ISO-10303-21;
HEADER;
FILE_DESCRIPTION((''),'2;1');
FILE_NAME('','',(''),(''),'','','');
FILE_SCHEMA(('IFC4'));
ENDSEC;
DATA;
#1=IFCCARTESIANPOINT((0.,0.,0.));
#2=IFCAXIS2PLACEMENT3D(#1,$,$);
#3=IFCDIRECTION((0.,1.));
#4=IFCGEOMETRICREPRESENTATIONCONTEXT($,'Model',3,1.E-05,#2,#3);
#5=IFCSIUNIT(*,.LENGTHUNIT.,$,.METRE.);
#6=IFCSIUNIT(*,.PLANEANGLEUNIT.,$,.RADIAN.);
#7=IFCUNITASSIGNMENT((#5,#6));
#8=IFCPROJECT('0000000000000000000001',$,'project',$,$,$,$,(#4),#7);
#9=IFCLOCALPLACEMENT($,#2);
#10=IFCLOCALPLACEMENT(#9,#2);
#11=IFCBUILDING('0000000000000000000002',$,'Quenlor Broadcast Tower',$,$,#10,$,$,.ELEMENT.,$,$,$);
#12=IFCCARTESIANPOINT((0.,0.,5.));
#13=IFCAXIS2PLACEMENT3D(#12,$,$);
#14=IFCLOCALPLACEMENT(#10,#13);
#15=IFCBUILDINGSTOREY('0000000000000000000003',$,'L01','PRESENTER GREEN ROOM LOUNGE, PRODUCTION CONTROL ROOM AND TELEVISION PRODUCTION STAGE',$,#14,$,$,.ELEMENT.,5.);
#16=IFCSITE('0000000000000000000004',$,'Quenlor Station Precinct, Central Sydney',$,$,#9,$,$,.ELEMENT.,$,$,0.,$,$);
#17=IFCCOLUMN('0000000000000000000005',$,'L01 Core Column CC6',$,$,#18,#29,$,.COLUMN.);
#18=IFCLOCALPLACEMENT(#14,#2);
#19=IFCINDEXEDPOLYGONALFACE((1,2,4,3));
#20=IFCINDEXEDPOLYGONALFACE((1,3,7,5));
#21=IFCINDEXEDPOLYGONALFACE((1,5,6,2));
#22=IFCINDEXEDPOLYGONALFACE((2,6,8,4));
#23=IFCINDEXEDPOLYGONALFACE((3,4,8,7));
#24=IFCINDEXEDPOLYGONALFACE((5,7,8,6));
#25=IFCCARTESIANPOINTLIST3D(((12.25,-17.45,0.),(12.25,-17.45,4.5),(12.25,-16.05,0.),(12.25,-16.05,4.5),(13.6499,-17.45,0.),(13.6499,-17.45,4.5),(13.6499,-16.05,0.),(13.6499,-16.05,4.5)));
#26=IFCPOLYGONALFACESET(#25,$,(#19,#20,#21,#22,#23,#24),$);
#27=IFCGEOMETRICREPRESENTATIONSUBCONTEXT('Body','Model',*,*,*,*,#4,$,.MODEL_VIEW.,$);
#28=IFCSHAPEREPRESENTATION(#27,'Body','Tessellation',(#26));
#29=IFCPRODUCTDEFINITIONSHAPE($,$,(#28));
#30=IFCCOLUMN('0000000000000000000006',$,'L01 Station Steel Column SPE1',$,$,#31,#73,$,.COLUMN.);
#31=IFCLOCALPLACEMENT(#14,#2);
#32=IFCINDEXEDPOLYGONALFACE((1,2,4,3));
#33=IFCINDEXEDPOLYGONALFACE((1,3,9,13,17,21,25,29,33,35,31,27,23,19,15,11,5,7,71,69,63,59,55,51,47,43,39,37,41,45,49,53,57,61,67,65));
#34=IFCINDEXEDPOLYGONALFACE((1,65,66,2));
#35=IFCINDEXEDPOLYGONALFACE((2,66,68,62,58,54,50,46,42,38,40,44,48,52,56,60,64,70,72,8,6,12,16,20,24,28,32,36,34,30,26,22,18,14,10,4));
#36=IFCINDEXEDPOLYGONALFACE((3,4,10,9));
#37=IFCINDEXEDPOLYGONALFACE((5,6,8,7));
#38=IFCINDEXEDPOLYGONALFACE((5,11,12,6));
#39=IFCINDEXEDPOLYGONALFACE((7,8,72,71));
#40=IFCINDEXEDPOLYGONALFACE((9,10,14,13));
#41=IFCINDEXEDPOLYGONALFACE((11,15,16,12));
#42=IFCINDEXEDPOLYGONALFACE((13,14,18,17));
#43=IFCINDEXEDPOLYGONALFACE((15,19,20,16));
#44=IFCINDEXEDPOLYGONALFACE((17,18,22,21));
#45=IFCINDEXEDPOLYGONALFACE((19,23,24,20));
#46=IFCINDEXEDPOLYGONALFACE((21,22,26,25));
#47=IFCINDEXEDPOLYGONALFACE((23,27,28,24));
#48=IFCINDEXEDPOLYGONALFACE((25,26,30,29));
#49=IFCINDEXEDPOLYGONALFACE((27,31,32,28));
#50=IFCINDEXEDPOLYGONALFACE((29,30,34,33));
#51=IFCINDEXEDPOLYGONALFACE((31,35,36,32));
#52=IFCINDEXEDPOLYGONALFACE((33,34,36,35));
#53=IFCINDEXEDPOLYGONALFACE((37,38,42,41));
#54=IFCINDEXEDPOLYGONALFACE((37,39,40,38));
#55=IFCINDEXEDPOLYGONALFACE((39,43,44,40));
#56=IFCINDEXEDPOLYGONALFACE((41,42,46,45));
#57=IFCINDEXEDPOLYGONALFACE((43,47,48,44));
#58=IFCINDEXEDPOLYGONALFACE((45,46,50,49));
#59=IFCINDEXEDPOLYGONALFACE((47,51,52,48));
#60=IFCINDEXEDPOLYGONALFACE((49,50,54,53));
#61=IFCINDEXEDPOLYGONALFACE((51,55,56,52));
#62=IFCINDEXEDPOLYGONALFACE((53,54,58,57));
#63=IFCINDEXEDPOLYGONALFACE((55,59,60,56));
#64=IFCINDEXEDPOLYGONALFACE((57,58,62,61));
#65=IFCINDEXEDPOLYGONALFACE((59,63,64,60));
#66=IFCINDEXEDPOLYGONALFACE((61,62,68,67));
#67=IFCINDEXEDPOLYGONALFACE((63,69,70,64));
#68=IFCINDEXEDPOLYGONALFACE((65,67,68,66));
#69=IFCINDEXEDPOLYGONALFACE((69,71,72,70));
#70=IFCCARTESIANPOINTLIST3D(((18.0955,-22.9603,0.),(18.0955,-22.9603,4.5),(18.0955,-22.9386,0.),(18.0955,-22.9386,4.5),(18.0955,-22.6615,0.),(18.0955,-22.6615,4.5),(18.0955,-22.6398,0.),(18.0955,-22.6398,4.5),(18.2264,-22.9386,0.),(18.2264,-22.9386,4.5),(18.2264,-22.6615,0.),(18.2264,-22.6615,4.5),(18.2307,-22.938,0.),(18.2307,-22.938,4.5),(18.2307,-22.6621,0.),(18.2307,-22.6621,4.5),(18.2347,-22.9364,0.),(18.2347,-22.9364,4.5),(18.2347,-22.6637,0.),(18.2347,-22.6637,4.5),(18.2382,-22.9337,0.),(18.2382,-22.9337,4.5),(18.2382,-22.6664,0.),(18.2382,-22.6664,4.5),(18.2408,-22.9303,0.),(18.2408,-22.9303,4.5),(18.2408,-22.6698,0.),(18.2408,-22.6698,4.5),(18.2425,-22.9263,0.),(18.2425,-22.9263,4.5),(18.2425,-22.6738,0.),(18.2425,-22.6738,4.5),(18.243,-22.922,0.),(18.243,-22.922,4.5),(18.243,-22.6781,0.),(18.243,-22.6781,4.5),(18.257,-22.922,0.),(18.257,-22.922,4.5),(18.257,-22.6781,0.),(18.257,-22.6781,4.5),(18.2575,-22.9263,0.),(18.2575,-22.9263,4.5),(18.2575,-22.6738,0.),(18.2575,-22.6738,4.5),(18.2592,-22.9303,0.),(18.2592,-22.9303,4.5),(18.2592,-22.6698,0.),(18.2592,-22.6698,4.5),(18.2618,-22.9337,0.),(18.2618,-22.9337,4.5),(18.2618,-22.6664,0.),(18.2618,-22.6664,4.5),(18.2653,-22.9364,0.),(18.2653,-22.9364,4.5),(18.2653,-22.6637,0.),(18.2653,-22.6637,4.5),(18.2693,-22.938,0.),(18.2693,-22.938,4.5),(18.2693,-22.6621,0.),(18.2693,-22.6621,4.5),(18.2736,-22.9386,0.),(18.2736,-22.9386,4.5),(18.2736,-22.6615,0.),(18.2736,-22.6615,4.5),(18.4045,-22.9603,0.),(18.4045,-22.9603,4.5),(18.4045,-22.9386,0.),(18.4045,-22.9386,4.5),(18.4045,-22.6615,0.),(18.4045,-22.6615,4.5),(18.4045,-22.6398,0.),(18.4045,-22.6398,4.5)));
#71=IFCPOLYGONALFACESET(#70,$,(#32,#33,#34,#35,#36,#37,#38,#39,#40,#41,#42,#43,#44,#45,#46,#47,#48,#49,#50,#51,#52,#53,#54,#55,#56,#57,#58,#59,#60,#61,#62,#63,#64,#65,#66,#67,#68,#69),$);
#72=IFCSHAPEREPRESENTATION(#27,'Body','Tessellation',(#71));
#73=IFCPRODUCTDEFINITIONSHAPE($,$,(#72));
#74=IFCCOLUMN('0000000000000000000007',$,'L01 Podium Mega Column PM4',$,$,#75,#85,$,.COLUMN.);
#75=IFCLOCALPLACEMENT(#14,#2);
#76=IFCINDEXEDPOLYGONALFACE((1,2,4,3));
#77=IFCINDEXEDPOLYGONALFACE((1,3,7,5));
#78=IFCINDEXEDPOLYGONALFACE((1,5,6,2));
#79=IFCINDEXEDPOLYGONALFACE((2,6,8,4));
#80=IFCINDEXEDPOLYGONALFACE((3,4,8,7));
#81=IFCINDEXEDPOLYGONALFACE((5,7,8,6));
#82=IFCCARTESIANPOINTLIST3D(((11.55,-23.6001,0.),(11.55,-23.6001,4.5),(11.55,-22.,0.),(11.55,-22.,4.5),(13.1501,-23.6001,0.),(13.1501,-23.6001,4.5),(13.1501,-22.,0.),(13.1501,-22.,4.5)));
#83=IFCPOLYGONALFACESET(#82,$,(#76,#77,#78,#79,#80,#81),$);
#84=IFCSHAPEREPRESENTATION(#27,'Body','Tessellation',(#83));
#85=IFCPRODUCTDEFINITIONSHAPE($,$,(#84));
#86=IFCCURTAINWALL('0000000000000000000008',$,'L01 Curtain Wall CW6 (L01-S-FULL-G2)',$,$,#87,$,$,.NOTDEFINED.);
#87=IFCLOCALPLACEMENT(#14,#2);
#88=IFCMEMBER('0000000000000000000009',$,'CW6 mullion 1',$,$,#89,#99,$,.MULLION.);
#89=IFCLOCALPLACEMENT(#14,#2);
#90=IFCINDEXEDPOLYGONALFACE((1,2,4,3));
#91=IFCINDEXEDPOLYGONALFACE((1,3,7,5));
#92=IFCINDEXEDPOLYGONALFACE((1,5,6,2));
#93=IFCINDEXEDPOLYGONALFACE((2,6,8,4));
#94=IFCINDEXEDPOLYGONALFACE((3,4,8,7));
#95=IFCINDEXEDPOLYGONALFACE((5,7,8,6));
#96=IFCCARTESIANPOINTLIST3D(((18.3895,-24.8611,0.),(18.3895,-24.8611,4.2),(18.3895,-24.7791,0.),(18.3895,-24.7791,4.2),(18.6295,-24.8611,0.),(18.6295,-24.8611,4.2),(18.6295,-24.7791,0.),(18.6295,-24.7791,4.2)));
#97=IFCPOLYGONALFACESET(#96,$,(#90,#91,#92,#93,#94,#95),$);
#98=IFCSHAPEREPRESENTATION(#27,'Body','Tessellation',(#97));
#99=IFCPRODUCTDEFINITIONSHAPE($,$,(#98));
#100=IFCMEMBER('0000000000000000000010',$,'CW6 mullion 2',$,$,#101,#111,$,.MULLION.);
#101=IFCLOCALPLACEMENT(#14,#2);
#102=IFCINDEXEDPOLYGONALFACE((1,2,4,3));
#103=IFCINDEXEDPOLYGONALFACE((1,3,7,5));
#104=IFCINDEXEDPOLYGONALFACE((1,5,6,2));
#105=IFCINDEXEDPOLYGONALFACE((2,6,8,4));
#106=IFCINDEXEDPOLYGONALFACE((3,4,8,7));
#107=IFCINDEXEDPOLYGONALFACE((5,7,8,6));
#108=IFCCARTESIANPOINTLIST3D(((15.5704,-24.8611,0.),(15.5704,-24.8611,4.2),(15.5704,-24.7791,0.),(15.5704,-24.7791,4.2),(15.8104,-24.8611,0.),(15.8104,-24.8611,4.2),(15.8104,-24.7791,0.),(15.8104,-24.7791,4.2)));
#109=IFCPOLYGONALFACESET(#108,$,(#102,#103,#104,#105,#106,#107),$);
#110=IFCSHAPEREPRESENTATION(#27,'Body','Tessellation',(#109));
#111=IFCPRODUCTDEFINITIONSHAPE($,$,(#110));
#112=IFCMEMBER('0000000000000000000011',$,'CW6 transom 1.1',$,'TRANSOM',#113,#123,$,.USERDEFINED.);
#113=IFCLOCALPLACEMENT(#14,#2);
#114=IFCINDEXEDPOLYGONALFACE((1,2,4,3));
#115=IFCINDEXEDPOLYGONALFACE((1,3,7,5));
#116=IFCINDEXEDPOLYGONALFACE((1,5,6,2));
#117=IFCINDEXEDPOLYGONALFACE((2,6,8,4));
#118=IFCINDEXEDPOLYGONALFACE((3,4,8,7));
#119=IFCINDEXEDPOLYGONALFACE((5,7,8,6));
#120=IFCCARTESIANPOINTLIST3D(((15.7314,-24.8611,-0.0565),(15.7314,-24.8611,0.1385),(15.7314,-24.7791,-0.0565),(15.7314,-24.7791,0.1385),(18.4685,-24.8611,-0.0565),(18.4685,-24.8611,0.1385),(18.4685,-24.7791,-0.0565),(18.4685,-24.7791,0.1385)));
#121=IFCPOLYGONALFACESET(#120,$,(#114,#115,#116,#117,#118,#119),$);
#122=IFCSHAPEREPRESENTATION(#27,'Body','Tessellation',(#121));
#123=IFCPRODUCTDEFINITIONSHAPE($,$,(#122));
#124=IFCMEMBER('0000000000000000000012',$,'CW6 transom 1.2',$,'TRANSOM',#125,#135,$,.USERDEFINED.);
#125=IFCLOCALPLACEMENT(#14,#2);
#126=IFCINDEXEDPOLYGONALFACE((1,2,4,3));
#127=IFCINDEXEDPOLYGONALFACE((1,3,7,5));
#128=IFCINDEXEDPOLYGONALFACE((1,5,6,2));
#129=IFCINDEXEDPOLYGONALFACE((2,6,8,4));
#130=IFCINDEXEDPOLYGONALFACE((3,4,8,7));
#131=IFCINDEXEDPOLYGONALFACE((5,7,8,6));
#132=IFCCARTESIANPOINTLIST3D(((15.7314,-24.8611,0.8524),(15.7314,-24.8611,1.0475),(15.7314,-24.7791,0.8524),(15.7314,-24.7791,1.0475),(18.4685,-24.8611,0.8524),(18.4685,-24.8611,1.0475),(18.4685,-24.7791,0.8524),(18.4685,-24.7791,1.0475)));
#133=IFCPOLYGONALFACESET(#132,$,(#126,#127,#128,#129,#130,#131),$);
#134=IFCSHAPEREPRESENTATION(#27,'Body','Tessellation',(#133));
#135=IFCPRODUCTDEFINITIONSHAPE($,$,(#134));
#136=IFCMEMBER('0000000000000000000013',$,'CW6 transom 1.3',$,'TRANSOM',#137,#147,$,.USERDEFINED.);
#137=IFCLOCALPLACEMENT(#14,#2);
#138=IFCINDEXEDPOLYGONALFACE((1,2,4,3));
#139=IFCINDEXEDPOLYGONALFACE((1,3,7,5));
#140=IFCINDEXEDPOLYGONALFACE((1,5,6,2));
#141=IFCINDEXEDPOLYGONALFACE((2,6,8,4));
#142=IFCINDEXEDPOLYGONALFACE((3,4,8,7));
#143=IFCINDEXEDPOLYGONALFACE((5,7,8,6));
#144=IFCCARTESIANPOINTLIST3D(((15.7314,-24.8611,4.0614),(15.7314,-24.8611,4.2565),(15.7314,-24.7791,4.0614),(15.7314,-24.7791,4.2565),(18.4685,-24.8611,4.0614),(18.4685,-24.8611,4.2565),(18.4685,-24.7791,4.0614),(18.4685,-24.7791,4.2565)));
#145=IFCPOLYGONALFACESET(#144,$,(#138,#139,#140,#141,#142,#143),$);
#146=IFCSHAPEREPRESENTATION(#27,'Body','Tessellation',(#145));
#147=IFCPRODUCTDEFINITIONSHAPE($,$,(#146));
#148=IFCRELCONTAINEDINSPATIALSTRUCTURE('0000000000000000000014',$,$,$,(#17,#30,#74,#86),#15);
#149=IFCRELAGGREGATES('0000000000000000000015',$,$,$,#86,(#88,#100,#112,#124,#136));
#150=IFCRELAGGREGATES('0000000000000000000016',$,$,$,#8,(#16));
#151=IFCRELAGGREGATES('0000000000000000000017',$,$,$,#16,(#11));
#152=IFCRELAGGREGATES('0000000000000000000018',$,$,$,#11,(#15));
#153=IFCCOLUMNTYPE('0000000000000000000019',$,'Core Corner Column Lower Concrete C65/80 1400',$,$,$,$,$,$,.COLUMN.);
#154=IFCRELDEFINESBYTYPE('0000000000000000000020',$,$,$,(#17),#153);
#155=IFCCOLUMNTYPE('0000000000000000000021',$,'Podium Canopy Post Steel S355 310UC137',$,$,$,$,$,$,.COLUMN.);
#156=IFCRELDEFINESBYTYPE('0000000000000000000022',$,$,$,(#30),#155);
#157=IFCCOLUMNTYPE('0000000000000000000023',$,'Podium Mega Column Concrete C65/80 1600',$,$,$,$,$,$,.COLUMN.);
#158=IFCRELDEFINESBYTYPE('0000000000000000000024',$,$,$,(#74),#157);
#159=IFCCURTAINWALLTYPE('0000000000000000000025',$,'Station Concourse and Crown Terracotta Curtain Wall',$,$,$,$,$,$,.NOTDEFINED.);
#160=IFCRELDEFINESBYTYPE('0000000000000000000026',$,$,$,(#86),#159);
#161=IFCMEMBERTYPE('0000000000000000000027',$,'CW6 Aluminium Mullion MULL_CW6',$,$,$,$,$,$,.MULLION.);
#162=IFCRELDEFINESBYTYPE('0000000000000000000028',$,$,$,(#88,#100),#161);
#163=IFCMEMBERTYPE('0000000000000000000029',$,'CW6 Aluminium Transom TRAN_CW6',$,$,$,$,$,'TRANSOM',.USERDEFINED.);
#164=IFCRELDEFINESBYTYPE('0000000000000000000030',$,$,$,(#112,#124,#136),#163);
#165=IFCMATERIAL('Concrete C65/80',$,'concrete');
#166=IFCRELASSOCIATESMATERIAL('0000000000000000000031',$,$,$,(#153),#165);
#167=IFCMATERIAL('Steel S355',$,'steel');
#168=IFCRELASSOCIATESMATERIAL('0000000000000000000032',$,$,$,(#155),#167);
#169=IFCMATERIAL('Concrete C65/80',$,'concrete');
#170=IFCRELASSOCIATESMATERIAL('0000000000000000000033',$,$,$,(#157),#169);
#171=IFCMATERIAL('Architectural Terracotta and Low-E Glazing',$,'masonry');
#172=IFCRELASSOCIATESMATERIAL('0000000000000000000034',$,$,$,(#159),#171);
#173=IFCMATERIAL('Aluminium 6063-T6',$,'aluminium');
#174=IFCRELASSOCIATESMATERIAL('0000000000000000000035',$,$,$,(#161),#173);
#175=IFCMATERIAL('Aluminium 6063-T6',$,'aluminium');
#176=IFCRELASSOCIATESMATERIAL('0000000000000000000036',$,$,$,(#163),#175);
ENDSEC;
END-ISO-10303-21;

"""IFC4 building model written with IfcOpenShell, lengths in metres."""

from ifc_helpers import new_model, si_unit, direction, frame, origin, origin_2d, place, context, subcontext, project, spatial, rectangle, i_section, extrude, material, material_profile, profile_set, type_object, element, aggregate, save


model = new_model("IFC4")

# Units and contexts
model_context = context("Model", 3, precision=1e-05, world=origin(), true_north=direction((0.0, 1.0)))
body_context = subcontext(model_context, "Body", "Model", "MODEL_VIEW")
ifc_project = project(units=[si_unit("LENGTHUNIT", "METRE"), si_unit("PLANEANGLEUNIT", "RADIAN")], contexts=[model_context])

# Site, building, storey
site_placement = place(None, origin())
site = spatial("IfcSite", under=ifc_project, at=site_placement, Name="Quenlor Station Precinct, Central Sydney", CompositionType="ELEMENT", RefElevation=0.0)
building_placement = place(site_placement, origin())
building = spatial("IfcBuilding", under=site, at=building_placement, Name="Quenlor Broadcast Tower", CompositionType="ELEMENT")
storey_placement = place(building_placement, frame((0.0, 0.0, 5.0)))
storey = spatial("IfcBuildingStorey", under=building, at=storey_placement, Name="L01", Description="PRESENTER GREEN ROOM LOUNGE, PRODUCTION CONTROL ROOM AND TELEVISION PRODUCTION STAGE", CompositionType="ELEMENT", Elevation=5.0)

# Columns
ifc_material_1 = material(Name="Concrete C65/80", Category="concrete")
ifc_material_profile_1 = material_profile(ifc_material_1, rectangle(XDim=1.3999, YDim=1.3999, at=origin_2d()))
ifc_profile_set_1 = profile_set([ifc_material_profile_1], Name="Concrete C65/80 RC1400x1400")
column_type_1 = type_object("IfcColumnType", Name="Core Corner Column Lower Concrete C65/80 1400", PredefinedType="COLUMN", material=ifc_profile_set_1)
column_1_placement = place(storey_placement, frame((12.95, -16.75, 0.0), z_axis=(0.0, 0.0, 1.0), x_axis=(1.0, 0.0, 0.0)))
element("IfcColumn", 1, at=column_1_placement, inside=storey, type_object=column_type_1, Name="L01 Core Column CC6", PredefinedType="COLUMN", context=body_context, shape_type="SweptSolid", body=[
    extrude(rectangle(XDim=1.3999, YDim=1.3999, at=origin_2d()), origin(), (0.0, 0.0, 1.0), 4.5),
])
ifc_material_2 = material(Name="Steel S355", Category="steel")
ifc_material_profile_2 = material_profile(ifc_material_2, i_section(OverallWidth=0.3091, OverallDepth=0.3206, WebThickness=0.0139, FlangeThickness=0.0217, FilletRadius=0.0166, at=origin_2d()))
ifc_profile_set_2 = profile_set([ifc_material_profile_2], Name="Steel S355 310UC137")
column_type_2 = type_object("IfcColumnType", Name="Podium Canopy Post Steel S355 310UC137", PredefinedType="COLUMN", material=ifc_profile_set_2)
column_2_placement = place(storey_placement, frame((18.25, -22.8, 0.0), z_axis=(0.0, 0.0, 1.0), x_axis=(1.0, 0.0, 0.0)))
element("IfcColumn", 2, at=column_2_placement, inside=storey, type_object=column_type_2, Name="L01 Station Steel Column SPE1", PredefinedType="COLUMN", context=body_context, shape_type="SweptSolid", body=[
    extrude(i_section(OverallWidth=0.3091, OverallDepth=0.3206, WebThickness=0.0139, FlangeThickness=0.0217, FilletRadius=0.0166, at=origin_2d()), origin(), (0.0, 0.0, 1.0), 4.5),
])
ifc_material_3 = material(Name="Concrete C65/80", Category="concrete")
ifc_material_profile_3 = material_profile(ifc_material_3, rectangle(XDim=1.6001, YDim=1.6001, at=origin_2d()))
ifc_profile_set_3 = profile_set([ifc_material_profile_3], Name="Concrete C65/80 RC1600x1600")
column_type_3 = type_object("IfcColumnType", Name="Podium Mega Column Concrete C65/80 1600", PredefinedType="COLUMN", material=ifc_profile_set_3)
column_3_placement = place(storey_placement, frame((12.3501, -22.8, 0.0), z_axis=(0.0, 0.0, 1.0), x_axis=(1.0, 0.0, 0.0)))
element("IfcColumn", 3, at=column_3_placement, inside=storey, type_object=column_type_3, Name="L01 Podium Mega Column PM4", PredefinedType="COLUMN", context=body_context, shape_type="SweptSolid", body=[
    extrude(rectangle(XDim=1.6001, YDim=1.6001, at=origin_2d()), origin(), (0.0, 0.0, 1.0), 4.5),
])

# Curtain wall, members
ifc_material_4 = material(Name="Architectural Terracotta and Low-E Glazing", Category="masonry")
curtain_wall_type = type_object("IfcCurtainWallType", Name="Station Concourse and Crown Terracotta Curtain Wall", PredefinedType="NOTDEFINED", material=ifc_material_4)
curtain_wall_placement = place(storey_placement, origin())
curtain_wall = element("IfcCurtainWall", 4, at=curtain_wall_placement, inside=storey, type_object=curtain_wall_type, Name="L01 Curtain Wall CW6 (L01-S-FULL-G2)", PredefinedType="NOTDEFINED")
ifc_material_5 = material(Name="Aluminium 6063-T6", Category="aluminium")
ifc_material_profile_4 = material_profile(ifc_material_5, rectangle(XDim=0.082, YDim=0.24, at=origin_2d()))
ifc_profile_set_4 = profile_set([ifc_material_profile_4], Name="Aluminium 6063-T6 MULL82x240")
member_type_1 = type_object("IfcMemberType", Name="CW6 Aluminium Mullion MULL_CW6", PredefinedType="MULLION", material=ifc_profile_set_4)
member_1_placement = place(storey_placement, frame((18.5095, -24.8201, 0.0), z_axis=(0.0, 0.0, 1.0), x_axis=(0.0, -1.0, 0.0)))
member_1 = element("IfcMember", 5, at=member_1_placement, type_object=member_type_1, Name="CW6 mullion 1", PredefinedType="MULLION", context=body_context, shape_type="SweptSolid", body=[
    extrude(rectangle(XDim=0.082, YDim=0.24, at=origin_2d()), origin(), (0.0, 0.0, 1.0), 4.2),
])
member_2_placement = place(storey_placement, frame((15.6904, -24.8201, 0.0), z_axis=(0.0, 0.0, 1.0), x_axis=(0.0, -1.0, 0.0)))
member_2 = element("IfcMember", 6, at=member_2_placement, type_object=member_type_1, Name="CW6 mullion 2", PredefinedType="MULLION", context=body_context, shape_type="SweptSolid", body=[
    extrude(rectangle(XDim=0.082, YDim=0.24, at=origin_2d()), origin(), (0.0, 0.0, 1.0), 4.2),
])
ifc_material_6 = material(Name="Aluminium 6063-T6", Category="aluminium")
ifc_material_profile_5 = material_profile(ifc_material_6, rectangle(XDim=0.082, YDim=0.1951, at=origin_2d()))
ifc_profile_set_5 = profile_set([ifc_material_profile_5], Name="Aluminium 6063-T6 TRAN82x195")
member_type_2 = type_object("IfcMemberType", Name="CW6 Aluminium Transom TRAN_CW6", ElementType="TRANSOM", PredefinedType="USERDEFINED", material=ifc_profile_set_5)
member_3_placement = place(storey_placement, frame((18.4685, -24.8201, 0.041), z_axis=(-1.0, 0.0, 0.0), x_axis=(0.0, -1.0, 0.0)))
member_3 = element("IfcMember", 7, at=member_3_placement, type_object=member_type_2, Name="CW6 transom 1.1", ObjectType="TRANSOM", PredefinedType="USERDEFINED", context=body_context, shape_type="SweptSolid", body=[
    extrude(rectangle(XDim=0.082, YDim=0.1951, at=origin_2d()), origin(), (0.0, 0.0, 1.0), 2.7371),
])
member_4_placement = place(storey_placement, frame((18.4685, -24.8201, 0.95), z_axis=(-1.0, 0.0, 0.0), x_axis=(0.0, -1.0, 0.0)))
member_4 = element("IfcMember", 8, at=member_4_placement, type_object=member_type_2, Name="CW6 transom 1.2", ObjectType="TRANSOM", PredefinedType="USERDEFINED", context=body_context, shape_type="SweptSolid", body=[
    extrude(rectangle(XDim=0.082, YDim=0.1951, at=origin_2d()), origin(), (0.0, 0.0, 1.0), 2.7371),
])
member_5_placement = place(storey_placement, frame((18.4685, -24.8201, 4.1589), z_axis=(-1.0, 0.0, 0.0), x_axis=(0.0, -1.0, 0.0)))
member_5 = element("IfcMember", 9, at=member_5_placement, type_object=member_type_2, Name="CW6 transom 1.3", ObjectType="TRANSOM", PredefinedType="USERDEFINED", context=body_context, shape_type="SweptSolid", body=[
    extrude(rectangle(XDim=0.082, YDim=0.1951, at=origin_2d()), origin(), (0.0, 0.0, 1.0), 2.7371),
])

aggregate(curtain_wall, [member_1, member_2, member_3, member_4, member_5])

save(model, "model.ifc")
